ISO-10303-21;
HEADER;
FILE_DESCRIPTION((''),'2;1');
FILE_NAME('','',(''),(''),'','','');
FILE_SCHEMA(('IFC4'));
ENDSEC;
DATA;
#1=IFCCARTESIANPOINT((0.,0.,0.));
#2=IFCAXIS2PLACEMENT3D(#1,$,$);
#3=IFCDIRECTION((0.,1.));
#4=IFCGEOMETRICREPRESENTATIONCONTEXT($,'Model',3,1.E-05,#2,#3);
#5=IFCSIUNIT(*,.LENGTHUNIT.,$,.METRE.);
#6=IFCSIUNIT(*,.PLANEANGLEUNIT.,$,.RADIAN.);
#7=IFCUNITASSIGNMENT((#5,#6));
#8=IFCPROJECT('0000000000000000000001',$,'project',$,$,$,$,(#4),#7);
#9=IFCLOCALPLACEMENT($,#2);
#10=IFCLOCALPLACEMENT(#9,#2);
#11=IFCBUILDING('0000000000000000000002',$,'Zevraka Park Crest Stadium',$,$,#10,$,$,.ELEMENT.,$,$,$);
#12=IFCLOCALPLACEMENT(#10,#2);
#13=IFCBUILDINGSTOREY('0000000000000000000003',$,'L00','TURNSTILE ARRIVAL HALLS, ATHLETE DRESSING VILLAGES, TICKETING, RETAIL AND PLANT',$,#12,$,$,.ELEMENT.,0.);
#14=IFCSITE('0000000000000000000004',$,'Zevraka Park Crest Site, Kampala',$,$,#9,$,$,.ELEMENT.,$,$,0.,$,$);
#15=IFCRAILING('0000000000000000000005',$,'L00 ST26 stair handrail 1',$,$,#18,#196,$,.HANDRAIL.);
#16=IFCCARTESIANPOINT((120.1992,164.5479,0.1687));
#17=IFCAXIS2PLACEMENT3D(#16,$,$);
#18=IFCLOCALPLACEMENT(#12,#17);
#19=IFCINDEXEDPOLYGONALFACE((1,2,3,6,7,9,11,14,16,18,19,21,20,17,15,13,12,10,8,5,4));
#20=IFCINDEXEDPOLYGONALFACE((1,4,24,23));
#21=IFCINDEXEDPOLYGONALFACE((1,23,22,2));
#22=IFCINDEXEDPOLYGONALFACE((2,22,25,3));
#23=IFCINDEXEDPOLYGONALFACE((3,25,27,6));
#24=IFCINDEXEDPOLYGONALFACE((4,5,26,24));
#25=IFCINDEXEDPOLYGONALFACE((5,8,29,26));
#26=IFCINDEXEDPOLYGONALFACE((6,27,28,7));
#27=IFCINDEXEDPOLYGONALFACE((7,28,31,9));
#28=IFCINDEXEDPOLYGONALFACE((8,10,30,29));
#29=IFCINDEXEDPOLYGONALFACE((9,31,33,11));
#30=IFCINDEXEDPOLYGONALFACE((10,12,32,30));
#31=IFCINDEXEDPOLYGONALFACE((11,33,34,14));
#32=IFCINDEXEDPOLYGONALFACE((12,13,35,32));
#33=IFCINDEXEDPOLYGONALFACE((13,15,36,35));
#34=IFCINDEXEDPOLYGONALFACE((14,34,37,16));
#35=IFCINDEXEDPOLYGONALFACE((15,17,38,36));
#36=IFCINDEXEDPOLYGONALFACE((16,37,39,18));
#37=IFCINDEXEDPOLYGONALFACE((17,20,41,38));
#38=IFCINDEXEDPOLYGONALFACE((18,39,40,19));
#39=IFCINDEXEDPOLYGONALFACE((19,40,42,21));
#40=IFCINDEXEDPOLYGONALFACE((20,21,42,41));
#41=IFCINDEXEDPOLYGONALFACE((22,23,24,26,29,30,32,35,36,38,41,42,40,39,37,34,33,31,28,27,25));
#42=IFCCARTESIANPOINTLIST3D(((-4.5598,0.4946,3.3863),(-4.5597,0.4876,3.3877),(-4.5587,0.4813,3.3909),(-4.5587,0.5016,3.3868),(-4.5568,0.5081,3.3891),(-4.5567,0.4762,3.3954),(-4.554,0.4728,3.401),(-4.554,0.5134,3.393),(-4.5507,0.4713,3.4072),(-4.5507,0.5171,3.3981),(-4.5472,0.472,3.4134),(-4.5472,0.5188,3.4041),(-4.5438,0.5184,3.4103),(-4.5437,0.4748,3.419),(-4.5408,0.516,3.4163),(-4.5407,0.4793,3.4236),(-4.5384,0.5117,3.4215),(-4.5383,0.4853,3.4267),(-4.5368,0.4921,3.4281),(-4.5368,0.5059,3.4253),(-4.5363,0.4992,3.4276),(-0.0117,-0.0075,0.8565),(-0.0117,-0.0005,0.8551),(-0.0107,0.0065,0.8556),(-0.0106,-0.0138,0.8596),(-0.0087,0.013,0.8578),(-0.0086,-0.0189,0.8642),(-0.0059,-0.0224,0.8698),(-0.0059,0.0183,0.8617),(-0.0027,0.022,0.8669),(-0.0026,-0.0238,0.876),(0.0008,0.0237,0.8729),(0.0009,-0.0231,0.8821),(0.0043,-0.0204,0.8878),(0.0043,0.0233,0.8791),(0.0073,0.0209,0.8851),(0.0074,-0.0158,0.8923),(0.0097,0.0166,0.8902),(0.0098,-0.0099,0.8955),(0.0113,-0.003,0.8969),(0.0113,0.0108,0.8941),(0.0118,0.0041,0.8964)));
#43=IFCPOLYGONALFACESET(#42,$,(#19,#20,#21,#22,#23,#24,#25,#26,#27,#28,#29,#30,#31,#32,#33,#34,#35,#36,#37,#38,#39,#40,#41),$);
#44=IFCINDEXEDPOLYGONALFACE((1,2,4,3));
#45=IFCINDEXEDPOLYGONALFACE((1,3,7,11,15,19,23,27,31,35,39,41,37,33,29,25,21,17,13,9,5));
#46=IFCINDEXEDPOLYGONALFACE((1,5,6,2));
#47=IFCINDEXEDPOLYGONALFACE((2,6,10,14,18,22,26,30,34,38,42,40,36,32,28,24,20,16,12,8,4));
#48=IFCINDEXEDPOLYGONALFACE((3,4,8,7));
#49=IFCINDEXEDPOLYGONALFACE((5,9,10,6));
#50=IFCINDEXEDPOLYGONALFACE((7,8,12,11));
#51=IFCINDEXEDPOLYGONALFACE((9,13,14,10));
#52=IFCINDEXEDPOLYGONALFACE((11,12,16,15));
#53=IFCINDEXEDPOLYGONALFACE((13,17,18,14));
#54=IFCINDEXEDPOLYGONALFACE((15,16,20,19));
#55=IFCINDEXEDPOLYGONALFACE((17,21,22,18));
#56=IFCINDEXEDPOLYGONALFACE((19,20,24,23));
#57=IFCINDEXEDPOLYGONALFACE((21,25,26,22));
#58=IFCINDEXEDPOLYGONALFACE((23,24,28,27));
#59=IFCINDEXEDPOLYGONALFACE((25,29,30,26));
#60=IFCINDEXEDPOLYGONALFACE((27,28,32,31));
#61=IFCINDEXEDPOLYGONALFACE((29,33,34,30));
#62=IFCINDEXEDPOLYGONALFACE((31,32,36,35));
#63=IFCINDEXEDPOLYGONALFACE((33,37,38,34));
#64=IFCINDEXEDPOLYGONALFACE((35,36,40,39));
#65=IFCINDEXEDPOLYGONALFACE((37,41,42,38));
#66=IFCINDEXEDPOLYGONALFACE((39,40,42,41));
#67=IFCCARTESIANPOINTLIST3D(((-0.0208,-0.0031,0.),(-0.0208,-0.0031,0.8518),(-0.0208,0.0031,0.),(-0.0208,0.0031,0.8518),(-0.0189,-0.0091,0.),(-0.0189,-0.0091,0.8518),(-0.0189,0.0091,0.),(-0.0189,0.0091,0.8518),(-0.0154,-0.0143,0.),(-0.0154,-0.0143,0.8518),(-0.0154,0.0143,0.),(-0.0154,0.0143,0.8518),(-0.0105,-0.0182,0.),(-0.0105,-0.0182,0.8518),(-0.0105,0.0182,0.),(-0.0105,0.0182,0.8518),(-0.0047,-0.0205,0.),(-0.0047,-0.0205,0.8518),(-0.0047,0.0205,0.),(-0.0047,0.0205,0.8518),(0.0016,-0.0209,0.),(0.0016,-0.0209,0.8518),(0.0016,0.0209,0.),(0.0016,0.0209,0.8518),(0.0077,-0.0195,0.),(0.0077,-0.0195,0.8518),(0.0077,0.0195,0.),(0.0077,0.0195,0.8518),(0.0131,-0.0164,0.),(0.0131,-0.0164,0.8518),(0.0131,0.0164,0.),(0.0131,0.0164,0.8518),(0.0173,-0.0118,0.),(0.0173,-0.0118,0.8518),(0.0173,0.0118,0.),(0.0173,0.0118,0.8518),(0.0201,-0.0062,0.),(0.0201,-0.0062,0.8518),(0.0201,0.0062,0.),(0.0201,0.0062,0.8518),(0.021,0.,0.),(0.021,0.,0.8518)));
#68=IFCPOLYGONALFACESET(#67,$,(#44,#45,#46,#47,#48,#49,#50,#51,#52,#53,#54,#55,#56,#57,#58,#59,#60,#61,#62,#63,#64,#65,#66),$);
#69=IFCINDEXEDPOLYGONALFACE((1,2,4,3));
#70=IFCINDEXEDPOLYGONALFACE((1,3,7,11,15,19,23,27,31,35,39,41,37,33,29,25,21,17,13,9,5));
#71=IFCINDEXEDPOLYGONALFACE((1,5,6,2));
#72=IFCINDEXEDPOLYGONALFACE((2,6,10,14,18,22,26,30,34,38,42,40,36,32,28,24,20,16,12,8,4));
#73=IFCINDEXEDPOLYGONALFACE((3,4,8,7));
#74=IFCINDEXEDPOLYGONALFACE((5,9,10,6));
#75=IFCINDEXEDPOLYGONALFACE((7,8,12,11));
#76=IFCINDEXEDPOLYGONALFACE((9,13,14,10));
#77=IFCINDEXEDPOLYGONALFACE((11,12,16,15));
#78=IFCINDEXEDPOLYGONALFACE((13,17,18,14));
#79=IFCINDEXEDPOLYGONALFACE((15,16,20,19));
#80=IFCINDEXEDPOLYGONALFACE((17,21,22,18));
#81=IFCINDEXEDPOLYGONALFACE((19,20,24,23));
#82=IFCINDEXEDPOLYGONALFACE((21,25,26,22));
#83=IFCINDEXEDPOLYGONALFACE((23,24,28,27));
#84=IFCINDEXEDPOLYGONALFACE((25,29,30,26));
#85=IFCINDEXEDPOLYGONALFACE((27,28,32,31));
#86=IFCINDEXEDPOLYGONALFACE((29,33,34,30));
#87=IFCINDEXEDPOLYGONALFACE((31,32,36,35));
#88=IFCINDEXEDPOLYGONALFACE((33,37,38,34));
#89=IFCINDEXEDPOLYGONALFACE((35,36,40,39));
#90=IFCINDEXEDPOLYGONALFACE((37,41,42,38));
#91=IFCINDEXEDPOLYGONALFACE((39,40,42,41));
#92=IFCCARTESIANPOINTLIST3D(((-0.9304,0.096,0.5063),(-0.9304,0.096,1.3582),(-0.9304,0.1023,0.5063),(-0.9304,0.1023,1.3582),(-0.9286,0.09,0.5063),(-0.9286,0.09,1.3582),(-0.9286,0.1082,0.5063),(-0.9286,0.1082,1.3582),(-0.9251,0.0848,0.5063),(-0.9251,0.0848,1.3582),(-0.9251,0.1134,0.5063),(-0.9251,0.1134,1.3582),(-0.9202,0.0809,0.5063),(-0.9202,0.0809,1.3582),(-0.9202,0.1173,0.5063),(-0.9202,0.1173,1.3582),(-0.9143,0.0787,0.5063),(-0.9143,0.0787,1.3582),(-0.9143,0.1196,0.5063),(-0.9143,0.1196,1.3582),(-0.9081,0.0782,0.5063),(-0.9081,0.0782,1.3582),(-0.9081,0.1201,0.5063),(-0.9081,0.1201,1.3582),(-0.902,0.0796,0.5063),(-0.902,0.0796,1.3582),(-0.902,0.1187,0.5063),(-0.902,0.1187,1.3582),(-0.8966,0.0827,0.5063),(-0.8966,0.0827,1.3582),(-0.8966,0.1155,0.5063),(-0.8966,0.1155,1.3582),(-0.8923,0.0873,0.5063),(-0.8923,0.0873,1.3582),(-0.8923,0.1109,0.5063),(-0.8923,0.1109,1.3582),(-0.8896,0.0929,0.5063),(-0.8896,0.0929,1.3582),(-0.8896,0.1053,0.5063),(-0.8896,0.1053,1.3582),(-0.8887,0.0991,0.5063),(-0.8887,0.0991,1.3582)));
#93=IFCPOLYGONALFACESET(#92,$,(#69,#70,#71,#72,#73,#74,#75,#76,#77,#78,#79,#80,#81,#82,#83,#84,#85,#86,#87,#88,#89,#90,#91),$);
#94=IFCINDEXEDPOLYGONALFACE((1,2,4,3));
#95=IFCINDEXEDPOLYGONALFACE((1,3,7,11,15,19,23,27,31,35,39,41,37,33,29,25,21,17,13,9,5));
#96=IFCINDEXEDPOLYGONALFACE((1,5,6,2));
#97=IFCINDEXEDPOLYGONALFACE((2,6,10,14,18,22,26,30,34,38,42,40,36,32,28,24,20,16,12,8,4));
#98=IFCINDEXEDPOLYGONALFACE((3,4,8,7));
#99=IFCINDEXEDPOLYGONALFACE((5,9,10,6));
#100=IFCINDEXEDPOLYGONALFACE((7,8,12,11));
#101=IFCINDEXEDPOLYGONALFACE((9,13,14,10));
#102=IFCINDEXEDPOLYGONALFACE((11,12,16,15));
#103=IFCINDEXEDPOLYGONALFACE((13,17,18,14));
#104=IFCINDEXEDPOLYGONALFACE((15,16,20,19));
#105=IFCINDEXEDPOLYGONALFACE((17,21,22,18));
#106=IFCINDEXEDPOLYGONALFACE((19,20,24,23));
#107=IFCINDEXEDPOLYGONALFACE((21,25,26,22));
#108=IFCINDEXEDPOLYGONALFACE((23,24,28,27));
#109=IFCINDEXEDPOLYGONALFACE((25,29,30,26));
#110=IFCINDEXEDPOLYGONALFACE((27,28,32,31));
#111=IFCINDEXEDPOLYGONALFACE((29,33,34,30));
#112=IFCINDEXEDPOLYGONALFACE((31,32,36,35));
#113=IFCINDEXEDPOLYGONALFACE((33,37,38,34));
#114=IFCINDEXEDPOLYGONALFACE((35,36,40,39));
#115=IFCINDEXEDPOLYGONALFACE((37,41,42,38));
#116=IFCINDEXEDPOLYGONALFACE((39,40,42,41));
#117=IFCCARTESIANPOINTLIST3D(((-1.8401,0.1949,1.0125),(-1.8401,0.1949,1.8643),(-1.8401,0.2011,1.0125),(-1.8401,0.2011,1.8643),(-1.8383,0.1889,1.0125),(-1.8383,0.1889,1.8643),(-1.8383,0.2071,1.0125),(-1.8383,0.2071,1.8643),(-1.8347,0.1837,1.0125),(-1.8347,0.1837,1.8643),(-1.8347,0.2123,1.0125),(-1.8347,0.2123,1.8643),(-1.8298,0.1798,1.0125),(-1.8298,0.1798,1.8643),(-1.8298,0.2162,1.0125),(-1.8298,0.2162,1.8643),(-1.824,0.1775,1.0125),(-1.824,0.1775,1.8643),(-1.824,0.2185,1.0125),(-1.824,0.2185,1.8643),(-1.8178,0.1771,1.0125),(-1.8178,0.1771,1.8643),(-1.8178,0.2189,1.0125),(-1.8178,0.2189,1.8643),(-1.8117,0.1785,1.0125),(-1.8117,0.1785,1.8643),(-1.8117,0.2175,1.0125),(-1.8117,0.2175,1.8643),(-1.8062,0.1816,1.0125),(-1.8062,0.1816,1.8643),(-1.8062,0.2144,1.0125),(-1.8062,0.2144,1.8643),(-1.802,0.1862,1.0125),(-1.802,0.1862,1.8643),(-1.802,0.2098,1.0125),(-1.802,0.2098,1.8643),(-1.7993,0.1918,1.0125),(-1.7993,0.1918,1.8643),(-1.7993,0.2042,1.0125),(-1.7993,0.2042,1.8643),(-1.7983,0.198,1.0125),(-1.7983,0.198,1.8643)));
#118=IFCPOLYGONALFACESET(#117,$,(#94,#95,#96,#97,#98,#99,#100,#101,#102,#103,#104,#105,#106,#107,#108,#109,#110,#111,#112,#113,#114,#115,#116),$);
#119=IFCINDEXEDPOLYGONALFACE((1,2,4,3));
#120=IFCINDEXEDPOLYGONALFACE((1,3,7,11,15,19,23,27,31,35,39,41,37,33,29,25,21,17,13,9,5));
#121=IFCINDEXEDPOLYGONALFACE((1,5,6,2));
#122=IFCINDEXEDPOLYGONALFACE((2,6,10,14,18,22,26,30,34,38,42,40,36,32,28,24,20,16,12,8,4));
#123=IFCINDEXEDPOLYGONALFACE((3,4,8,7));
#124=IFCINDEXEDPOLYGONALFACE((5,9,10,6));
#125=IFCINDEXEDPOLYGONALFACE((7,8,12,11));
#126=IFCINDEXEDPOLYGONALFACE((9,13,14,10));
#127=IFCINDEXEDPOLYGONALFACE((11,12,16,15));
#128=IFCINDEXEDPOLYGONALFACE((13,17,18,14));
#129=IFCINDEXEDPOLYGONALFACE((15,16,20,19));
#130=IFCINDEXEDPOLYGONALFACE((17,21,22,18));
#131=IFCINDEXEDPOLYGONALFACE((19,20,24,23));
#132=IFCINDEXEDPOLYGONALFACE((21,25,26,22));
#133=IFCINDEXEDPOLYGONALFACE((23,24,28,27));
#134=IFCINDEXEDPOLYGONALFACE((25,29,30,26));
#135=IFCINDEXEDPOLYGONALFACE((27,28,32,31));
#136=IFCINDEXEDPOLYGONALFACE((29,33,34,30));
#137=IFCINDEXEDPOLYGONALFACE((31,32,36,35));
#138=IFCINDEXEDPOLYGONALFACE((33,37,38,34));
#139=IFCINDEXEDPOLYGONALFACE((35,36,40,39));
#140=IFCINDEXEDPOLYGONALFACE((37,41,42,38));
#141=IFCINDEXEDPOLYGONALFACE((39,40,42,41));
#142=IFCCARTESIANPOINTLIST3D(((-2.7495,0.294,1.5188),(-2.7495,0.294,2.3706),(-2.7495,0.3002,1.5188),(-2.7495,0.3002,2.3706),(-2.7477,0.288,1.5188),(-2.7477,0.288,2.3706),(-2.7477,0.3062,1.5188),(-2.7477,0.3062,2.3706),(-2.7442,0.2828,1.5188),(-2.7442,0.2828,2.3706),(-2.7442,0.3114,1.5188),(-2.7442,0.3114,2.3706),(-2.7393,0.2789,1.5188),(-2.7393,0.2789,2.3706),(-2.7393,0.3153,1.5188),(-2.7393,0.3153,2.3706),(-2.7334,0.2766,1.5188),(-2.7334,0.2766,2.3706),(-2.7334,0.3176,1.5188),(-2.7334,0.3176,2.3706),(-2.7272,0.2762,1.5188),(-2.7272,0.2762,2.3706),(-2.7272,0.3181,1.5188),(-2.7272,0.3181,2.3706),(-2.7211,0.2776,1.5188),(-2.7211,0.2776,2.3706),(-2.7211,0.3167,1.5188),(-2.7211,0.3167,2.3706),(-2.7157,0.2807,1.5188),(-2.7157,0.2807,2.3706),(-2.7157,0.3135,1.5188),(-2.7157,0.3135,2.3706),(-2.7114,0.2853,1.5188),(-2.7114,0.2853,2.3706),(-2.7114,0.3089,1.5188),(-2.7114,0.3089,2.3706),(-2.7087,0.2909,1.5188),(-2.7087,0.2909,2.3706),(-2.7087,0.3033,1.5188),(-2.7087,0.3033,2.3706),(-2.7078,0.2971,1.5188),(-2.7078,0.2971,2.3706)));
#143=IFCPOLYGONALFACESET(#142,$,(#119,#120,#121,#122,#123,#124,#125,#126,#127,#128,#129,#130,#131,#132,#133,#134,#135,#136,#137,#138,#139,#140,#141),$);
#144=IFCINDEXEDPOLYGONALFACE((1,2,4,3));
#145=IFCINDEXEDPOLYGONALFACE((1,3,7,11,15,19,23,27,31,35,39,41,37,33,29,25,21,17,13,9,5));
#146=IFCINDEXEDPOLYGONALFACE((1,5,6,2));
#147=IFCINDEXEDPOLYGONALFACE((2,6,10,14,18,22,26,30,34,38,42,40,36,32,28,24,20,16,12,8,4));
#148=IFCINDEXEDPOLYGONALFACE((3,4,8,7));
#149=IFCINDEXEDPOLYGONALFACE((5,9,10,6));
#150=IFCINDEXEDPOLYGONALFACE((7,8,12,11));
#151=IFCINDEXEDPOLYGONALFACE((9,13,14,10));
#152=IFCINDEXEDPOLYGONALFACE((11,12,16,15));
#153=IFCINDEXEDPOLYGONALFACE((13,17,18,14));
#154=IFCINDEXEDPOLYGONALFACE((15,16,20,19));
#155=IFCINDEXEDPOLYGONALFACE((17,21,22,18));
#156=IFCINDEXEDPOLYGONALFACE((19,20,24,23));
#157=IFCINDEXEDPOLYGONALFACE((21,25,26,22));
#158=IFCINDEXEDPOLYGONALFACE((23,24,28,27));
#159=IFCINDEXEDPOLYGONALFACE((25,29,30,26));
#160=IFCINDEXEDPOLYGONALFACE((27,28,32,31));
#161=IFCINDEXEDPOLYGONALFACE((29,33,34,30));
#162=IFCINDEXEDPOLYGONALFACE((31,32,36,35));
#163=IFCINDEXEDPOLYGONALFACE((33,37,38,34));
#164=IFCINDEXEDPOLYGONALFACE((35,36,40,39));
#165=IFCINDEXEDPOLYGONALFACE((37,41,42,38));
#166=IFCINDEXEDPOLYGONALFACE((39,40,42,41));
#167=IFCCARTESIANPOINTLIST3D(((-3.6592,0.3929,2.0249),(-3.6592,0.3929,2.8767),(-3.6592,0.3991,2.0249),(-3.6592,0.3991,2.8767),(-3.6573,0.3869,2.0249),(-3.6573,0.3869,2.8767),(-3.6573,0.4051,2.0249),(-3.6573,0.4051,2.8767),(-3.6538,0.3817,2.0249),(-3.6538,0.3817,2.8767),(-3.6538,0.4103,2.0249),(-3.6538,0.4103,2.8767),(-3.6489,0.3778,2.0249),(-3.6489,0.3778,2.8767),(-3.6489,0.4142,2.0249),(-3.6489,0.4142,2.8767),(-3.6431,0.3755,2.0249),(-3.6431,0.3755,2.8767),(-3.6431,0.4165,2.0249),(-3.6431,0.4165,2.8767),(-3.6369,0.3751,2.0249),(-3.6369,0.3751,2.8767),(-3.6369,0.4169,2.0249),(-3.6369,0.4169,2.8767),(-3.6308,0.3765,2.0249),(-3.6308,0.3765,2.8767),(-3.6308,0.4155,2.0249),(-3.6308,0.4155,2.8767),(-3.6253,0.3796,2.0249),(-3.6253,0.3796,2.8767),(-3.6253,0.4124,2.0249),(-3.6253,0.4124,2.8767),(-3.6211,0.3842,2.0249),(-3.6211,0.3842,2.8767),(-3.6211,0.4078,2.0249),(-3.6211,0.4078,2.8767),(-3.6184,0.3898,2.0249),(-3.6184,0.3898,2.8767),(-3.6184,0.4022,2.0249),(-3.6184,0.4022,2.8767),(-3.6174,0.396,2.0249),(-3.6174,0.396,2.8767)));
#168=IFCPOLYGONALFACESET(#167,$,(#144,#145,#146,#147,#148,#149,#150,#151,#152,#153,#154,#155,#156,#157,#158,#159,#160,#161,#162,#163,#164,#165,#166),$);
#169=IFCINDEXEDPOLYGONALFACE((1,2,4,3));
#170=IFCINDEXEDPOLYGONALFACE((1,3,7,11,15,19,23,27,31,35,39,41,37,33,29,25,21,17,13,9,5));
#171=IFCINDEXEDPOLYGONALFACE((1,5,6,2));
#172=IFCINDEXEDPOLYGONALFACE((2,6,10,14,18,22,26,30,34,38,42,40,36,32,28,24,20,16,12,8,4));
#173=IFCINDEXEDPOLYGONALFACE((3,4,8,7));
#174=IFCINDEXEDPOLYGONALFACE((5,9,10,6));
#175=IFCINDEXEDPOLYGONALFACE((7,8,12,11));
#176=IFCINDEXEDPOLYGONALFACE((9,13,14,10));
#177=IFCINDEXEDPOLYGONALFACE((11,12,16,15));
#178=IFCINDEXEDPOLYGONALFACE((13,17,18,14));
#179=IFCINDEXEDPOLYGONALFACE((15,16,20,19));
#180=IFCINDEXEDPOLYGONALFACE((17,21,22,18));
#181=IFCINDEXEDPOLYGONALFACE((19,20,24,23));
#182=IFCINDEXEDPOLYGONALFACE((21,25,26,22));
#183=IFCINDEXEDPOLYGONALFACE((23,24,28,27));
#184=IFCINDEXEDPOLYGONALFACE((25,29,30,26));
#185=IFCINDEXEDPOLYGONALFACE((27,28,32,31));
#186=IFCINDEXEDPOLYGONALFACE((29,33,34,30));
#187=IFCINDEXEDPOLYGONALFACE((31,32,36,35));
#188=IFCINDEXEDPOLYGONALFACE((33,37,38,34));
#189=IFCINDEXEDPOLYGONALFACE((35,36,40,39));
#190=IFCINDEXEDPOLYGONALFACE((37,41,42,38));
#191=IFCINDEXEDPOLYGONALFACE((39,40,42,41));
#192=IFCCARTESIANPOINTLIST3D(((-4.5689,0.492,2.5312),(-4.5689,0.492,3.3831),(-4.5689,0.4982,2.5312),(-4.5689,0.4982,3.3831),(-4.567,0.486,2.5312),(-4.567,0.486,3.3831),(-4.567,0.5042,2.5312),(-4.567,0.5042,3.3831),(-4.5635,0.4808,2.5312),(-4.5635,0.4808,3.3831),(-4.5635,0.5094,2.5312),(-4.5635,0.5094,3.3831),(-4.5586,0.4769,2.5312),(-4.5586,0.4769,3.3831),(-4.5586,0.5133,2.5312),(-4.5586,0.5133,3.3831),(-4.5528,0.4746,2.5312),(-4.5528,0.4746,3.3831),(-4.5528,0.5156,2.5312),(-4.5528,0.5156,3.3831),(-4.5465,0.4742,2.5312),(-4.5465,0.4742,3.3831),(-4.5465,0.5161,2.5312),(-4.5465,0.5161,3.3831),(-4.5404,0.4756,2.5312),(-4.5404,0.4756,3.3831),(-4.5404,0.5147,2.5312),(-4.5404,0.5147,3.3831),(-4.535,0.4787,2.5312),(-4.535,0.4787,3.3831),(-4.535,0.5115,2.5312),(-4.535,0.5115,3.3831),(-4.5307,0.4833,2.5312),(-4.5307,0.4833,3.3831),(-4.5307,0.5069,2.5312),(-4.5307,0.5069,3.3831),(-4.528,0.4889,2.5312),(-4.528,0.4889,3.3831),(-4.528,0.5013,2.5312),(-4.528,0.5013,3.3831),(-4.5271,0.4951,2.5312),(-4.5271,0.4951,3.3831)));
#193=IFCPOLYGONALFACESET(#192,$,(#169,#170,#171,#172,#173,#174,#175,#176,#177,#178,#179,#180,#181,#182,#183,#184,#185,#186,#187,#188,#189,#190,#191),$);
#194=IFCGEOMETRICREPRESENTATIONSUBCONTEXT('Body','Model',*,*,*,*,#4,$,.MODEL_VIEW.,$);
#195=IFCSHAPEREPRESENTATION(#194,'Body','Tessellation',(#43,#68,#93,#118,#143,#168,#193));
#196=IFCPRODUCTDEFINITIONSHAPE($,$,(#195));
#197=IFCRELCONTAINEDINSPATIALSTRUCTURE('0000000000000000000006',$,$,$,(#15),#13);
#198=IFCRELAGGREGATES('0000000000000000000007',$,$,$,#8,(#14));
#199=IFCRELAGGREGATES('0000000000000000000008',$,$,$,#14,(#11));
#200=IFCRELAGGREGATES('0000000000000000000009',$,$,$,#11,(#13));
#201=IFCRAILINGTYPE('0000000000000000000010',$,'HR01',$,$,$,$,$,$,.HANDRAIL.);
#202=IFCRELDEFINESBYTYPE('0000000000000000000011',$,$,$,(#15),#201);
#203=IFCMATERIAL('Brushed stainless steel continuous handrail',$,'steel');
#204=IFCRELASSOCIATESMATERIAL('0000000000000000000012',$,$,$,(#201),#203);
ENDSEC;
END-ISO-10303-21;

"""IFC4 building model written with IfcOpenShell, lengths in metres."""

from ifc_helpers import new_model, si_unit, direction, frame, origin, origin_2d, place, context, subcontext, project, spatial, circle, extrude, material, type_object, element, save


model = new_model("IFC4")

# Units and contexts
model_context = context("Model", 3, precision=1e-05, world=origin(), true_north=direction((0.0, 1.0)))
body_context = subcontext(model_context, "Body", "Model", "MODEL_VIEW")
ifc_project = project(units=[si_unit("LENGTHUNIT", "METRE"), si_unit("PLANEANGLEUNIT", "RADIAN")], contexts=[model_context])

# Site, building, storey
site_placement = place(None, origin())
site = spatial("IfcSite", under=ifc_project, at=site_placement, Name="Zevraka Park Crest Site, Kampala", CompositionType="ELEMENT", RefElevation=0.0)
building_placement = place(site_placement, origin())
building = spatial("IfcBuilding", under=site, at=building_placement, Name="Zevraka Park Crest Stadium", CompositionType="ELEMENT")
storey_placement = place(building_placement, origin())
storey = spatial("IfcBuildingStorey", under=building, at=storey_placement, Name="L00", Description="TURNSTILE ARRIVAL HALLS, ATHLETE DRESSING VILLAGES, TICKETING, RETAIL AND PLANT", CompositionType="ELEMENT", Elevation=0.0)

# Railing
ifc_material_1 = material(Name="Brushed stainless steel continuous handrail", Category="steel")
railing_type_1 = type_object("IfcRailingType", Name="HR01", PredefinedType="HANDRAIL", material=ifc_material_1)
railing_1_placement = place(storey_placement, frame((120.1992, 164.5479, 0.1687)))
element("IfcRailing", 1, at=railing_1_placement, inside=storey, type_object=railing_type_1, Name="L00 ST26 stair handrail 1", PredefinedType="HANDRAIL", context=body_context, shape_type="SweptSolid", body=[
    extrude(circle(Radius=0.0239, at=origin_2d()), frame((0.0, 0.0, 0.876), z_axis=(-0.869861, 0.094695, 0.484123), x_axis=(-0.108223, -0.994127, 0.0)), (0.0, 0.0, 1.0), 5.2285),
    extrude(circle(Radius=0.021, at=origin_2d()), origin(), (0.0, 0.0, 1.0), 0.8518),
    extrude(circle(Radius=0.021, at=origin_2d()), frame((-0.9097, 0.0991, 0.5063)), (0.0, 0.0, 1.0), 0.8518),
    extrude(circle(Radius=0.021, at=origin_2d()), frame((-1.8193, 0.198, 1.0125)), (0.0, 0.0, 1.0), 0.8518),
    extrude(circle(Radius=0.021, at=origin_2d()), frame((-2.7288, 0.2971, 1.5188)), (0.0, 0.0, 1.0), 0.8518),
    extrude(circle(Radius=0.021, at=origin_2d()), frame((-3.6384, 0.396, 2.0249)), (0.0, 0.0, 1.0), 0.8518),
    extrude(circle(Radius=0.021, at=origin_2d()), frame((-4.5481, 0.4951, 2.5312)), (0.0, 0.0, 1.0), 0.8518),
])

save(model, "model.ifc")
